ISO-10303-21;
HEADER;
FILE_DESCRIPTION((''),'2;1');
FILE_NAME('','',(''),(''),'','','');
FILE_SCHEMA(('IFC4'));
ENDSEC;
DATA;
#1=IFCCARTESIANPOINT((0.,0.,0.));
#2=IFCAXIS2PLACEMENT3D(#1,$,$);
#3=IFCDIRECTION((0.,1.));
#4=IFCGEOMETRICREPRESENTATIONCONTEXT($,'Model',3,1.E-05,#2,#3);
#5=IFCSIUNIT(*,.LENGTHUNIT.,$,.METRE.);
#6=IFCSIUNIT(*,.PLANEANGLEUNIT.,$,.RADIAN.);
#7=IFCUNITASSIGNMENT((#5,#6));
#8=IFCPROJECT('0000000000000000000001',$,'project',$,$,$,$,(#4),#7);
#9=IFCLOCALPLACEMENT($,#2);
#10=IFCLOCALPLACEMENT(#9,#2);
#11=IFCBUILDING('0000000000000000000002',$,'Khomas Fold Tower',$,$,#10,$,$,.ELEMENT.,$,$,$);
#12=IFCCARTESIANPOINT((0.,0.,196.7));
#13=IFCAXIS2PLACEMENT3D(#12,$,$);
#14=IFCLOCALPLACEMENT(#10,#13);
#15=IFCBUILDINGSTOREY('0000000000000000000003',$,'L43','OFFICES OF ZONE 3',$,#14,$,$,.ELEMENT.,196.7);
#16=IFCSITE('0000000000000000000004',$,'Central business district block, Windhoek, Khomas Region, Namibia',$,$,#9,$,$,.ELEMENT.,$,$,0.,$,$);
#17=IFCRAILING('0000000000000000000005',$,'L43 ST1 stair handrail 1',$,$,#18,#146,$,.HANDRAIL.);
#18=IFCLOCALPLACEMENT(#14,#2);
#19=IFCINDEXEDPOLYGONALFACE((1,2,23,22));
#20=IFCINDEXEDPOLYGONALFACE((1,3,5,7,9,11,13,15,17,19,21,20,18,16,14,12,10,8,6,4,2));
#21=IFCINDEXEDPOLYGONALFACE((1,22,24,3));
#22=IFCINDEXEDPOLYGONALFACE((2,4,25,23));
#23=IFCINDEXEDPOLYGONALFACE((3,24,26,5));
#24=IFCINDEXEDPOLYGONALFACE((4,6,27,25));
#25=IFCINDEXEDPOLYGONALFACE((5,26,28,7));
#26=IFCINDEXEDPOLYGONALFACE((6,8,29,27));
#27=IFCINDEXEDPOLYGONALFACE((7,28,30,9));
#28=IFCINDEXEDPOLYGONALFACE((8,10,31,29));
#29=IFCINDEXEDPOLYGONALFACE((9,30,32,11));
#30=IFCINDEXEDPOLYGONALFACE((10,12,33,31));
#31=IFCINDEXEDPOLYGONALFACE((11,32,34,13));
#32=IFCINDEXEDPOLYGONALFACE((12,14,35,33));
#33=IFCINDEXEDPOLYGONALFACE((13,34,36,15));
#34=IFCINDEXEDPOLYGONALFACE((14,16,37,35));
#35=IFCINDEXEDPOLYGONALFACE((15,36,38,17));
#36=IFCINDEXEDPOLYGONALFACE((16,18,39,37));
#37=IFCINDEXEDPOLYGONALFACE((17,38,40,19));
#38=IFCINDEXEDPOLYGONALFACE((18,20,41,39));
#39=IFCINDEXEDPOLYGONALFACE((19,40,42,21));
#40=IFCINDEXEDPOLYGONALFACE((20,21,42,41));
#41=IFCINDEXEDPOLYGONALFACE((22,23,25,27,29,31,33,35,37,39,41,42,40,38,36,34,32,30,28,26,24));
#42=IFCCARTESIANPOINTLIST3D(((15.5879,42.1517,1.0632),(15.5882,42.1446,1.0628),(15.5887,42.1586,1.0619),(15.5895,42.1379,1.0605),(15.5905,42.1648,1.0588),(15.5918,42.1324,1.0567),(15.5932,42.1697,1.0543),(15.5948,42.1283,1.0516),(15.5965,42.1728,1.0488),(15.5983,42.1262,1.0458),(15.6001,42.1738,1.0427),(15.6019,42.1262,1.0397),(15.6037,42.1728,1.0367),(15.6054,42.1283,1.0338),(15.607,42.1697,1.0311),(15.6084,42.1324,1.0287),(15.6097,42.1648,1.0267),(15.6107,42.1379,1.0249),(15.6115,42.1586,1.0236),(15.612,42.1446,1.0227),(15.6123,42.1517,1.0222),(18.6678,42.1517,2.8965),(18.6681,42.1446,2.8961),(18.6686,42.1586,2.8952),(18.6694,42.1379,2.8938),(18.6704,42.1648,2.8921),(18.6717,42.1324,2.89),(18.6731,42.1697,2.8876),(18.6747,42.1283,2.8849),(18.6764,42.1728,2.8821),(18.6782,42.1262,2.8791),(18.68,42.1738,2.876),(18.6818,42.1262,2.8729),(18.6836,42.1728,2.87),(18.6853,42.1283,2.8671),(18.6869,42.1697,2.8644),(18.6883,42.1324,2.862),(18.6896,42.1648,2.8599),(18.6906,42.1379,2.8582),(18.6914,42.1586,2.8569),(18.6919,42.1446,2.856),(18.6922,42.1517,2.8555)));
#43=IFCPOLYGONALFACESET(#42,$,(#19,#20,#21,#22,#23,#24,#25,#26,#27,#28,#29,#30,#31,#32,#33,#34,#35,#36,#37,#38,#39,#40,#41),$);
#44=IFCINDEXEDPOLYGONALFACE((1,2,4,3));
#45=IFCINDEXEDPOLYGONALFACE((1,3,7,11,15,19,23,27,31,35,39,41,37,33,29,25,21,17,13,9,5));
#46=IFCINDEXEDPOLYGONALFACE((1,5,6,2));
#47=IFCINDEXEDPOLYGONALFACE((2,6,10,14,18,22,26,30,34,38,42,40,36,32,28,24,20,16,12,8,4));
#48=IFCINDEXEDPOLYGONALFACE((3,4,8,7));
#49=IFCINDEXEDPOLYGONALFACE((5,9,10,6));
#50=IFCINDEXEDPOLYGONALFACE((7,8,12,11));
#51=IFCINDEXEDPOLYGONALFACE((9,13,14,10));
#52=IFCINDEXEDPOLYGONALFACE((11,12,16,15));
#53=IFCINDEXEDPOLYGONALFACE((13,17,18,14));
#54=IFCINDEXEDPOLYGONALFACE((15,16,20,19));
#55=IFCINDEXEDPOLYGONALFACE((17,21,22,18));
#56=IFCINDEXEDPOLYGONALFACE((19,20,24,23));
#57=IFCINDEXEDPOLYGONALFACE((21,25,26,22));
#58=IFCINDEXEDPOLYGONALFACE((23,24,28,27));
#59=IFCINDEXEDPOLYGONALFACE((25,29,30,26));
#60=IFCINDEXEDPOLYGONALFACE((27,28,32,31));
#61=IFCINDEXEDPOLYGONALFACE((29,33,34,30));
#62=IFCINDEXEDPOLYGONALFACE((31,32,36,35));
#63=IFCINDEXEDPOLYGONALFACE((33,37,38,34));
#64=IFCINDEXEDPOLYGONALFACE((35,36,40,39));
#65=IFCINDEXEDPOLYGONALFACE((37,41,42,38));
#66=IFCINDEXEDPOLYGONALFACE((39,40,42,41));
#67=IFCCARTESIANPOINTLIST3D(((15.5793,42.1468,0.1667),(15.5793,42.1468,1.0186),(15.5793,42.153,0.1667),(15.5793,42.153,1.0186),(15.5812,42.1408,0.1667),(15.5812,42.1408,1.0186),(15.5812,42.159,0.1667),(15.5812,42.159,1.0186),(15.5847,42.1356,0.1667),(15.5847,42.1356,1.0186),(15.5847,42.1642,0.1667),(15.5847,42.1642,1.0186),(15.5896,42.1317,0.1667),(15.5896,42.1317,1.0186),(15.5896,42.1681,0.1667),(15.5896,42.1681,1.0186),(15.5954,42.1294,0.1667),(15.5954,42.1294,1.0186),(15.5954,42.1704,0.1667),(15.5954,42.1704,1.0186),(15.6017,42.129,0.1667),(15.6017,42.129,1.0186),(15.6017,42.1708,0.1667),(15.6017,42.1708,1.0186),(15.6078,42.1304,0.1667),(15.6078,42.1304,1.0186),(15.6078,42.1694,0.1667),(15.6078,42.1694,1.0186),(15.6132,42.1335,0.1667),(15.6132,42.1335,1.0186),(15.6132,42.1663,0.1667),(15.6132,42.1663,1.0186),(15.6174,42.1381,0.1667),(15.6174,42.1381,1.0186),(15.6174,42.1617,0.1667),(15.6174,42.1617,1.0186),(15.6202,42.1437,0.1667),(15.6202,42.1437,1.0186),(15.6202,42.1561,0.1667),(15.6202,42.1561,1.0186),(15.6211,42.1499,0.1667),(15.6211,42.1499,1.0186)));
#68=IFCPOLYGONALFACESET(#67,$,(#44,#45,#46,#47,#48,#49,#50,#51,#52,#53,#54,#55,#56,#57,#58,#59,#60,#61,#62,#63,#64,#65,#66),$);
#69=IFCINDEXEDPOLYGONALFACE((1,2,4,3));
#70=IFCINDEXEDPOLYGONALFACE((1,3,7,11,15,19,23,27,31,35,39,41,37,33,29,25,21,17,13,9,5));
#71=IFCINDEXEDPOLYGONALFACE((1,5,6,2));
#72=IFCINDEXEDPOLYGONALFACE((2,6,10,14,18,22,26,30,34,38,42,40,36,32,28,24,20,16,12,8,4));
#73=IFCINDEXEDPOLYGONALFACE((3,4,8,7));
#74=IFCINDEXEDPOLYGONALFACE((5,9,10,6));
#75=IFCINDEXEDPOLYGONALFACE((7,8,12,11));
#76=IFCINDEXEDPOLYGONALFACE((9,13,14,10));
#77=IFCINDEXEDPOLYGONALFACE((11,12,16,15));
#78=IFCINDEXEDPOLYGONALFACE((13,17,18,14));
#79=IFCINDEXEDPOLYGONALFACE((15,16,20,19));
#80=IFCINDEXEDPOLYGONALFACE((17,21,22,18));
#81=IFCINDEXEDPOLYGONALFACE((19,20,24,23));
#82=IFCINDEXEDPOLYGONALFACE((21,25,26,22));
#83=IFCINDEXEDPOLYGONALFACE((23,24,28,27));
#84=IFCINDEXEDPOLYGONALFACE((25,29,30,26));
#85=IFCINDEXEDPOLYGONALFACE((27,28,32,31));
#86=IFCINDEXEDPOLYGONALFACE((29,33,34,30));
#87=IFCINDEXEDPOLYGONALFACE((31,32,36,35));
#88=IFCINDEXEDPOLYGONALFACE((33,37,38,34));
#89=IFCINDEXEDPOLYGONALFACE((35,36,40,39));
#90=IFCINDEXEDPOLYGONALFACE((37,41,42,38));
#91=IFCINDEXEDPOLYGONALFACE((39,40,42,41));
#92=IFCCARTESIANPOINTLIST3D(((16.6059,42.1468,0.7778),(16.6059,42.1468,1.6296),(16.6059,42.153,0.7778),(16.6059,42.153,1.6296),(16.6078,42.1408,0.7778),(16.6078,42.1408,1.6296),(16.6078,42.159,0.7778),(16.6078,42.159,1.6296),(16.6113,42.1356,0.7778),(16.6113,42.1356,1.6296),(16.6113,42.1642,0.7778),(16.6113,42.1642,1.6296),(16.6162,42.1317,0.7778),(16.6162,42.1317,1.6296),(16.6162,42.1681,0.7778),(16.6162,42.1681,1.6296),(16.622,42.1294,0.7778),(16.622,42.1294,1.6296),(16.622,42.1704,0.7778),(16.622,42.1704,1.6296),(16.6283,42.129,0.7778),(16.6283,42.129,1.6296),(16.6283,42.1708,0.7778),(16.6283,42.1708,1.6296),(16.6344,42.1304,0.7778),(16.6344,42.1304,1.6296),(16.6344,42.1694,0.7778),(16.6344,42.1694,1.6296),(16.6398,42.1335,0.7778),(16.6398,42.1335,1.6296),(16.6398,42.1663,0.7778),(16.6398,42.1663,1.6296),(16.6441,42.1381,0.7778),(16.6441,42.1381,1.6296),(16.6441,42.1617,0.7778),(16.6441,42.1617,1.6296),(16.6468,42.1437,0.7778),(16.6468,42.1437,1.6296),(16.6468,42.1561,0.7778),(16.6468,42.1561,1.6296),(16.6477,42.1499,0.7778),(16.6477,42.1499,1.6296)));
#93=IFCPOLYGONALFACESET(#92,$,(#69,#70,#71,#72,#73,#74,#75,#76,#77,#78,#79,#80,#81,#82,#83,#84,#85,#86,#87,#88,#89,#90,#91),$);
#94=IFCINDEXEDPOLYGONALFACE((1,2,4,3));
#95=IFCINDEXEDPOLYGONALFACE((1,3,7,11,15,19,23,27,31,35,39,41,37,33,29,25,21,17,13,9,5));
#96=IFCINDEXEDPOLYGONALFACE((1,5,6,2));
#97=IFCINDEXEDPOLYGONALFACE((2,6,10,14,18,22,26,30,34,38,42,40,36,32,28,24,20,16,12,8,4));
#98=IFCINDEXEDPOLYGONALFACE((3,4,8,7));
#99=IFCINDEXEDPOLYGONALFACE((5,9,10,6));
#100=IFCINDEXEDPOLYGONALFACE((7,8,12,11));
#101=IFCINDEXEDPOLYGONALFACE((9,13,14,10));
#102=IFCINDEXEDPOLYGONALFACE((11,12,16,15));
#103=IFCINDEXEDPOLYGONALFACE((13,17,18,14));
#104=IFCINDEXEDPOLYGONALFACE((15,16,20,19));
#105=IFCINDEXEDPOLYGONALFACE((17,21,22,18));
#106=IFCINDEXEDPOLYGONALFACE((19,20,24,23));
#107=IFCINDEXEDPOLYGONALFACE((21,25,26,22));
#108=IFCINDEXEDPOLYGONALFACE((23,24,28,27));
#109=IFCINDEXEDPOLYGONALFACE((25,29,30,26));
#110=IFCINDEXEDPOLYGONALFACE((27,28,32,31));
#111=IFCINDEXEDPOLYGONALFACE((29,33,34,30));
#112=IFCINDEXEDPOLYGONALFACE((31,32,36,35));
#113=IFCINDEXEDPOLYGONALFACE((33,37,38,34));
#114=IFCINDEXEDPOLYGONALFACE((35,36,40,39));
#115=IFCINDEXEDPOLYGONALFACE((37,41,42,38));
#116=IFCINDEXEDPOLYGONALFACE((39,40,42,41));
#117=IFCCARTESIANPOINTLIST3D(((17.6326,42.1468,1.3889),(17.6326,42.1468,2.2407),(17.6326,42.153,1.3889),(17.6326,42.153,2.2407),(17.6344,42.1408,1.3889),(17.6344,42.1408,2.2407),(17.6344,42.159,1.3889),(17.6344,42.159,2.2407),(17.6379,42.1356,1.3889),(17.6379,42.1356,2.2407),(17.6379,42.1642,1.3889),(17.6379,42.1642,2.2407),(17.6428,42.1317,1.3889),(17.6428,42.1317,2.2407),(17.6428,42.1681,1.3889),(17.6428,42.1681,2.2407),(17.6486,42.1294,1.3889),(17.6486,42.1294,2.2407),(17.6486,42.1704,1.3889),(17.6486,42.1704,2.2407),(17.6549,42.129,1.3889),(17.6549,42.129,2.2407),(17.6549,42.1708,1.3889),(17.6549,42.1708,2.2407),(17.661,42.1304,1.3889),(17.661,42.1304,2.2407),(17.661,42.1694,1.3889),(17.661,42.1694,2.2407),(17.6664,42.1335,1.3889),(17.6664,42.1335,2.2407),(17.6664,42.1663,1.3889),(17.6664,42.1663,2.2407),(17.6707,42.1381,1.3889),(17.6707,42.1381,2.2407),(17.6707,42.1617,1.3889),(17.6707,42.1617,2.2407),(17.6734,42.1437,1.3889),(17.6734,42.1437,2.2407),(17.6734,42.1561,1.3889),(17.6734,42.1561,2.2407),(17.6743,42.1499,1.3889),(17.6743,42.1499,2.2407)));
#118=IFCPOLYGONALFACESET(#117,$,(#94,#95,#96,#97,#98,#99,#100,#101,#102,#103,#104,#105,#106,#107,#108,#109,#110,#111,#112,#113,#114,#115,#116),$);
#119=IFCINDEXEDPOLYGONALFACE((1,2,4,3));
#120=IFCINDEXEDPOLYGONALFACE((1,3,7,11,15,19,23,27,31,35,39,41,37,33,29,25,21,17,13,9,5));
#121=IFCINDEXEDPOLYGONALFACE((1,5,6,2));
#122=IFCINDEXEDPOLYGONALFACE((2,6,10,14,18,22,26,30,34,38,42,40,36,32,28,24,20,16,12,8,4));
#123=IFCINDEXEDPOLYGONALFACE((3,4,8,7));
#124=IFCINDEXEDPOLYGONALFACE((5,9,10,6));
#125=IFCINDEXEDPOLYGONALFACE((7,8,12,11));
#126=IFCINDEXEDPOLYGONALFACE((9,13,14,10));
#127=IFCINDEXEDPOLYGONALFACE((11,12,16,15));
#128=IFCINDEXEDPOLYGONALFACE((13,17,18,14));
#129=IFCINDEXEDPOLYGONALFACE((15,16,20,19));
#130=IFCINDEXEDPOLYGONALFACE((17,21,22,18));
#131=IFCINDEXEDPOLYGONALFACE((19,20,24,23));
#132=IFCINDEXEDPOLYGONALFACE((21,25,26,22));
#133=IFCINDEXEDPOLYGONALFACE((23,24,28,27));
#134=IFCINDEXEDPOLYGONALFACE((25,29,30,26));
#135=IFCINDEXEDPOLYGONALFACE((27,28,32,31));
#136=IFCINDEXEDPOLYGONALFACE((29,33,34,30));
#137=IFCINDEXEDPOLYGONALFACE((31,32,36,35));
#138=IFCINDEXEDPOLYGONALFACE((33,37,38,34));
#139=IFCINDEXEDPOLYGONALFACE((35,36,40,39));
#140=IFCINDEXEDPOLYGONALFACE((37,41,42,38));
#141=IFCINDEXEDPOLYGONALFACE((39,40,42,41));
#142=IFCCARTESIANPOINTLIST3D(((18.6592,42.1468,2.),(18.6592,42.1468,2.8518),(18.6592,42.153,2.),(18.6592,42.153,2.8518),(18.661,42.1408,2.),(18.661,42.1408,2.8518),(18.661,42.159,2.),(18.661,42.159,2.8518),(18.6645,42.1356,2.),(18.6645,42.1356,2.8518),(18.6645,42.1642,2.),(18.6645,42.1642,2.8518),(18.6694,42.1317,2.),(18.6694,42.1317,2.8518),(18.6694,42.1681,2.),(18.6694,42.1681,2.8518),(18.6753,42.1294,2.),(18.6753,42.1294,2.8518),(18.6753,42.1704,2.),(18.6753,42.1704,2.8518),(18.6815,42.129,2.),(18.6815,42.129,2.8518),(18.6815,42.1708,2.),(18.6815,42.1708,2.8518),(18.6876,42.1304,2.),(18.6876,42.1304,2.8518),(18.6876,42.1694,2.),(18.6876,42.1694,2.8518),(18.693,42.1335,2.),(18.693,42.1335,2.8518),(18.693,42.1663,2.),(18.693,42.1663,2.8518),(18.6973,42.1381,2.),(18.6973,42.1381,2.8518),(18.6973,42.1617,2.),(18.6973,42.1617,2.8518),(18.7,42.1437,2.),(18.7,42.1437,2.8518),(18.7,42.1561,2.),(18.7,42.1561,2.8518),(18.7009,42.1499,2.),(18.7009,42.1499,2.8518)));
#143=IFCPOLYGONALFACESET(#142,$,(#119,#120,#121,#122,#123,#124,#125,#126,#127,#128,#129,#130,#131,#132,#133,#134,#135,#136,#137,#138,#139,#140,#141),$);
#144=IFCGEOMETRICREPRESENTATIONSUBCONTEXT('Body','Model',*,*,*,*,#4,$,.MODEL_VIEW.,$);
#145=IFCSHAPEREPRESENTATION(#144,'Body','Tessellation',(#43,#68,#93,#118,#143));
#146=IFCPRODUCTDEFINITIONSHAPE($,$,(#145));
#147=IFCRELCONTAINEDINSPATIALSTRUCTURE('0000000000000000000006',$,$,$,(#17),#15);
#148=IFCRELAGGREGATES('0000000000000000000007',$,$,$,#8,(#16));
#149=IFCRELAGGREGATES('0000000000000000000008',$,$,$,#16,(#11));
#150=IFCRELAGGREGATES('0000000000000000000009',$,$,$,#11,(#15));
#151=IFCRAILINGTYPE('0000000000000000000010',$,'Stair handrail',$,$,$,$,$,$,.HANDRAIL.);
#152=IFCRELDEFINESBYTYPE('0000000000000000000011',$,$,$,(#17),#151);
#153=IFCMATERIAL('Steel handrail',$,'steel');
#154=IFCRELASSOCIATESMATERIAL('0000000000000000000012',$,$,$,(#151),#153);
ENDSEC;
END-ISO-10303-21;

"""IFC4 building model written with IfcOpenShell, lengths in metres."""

from ifc_helpers import new_model, si_unit, direction, frame, origin, origin_2d, place, context, subcontext, project, spatial, circle, extrude, source, transform, mapped, material, type_object, element, save


model = new_model("IFC4")

# Units and contexts
model_context = context("Model", 3, precision=1e-05, world=origin(), true_north=direction((0.0, 1.0)))
body_context = subcontext(model_context, "Body", "Model", "MODEL_VIEW")
ifc_project = project(units=[si_unit("LENGTHUNIT", "METRE"), si_unit("PLANEANGLEUNIT", "RADIAN")], contexts=[model_context])

# Site, building, storey
site_placement = place(None, origin())
site = spatial("IfcSite", under=ifc_project, at=site_placement, Name="Central business district block, Windhoek, Khomas Region, Namibia", CompositionType="ELEMENT", RefElevation=0.0)
building_placement = place(site_placement, origin())
building = spatial("IfcBuilding", under=site, at=building_placement, Name="Khomas Fold Tower", CompositionType="ELEMENT")
storey_placement = place(building_placement, frame((0.0, 0.0, 196.7)))
storey = spatial("IfcBuildingStorey", under=building, at=storey_placement, Name="L43", Description="OFFICES OF ZONE 3", CompositionType="ELEMENT", Elevation=196.7)

# Railing
ifc_material_1 = material(Name="Steel handrail", Category="steel")
railing_type_1 = type_object("IfcRailingType", Name="Stair handrail", PredefinedType="HANDRAIL", material=ifc_material_1)
shared_shape_1 = source(origin(), body_context, "Body", "SweptSolid", [
    extrude(circle(Radius=0.0239, at=origin_2d()), frame((0.0, 0.0, 0.876), z_axis=(0.859291, 0.0, 0.511487), x_axis=(0.0, 1.0, 0.0)), (0.0, 0.0, 1.0), 3.5842),
    extrude(circle(Radius=0.021, at=origin_2d()), origin(), (0.0, 0.0, 1.0), 0.8518),
    extrude(circle(Radius=0.021, at=origin_2d()), frame((1.0266, 0.0, 0.6111)), (0.0, 0.0, 1.0), 0.8518),
    extrude(circle(Radius=0.021, at=origin_2d()), frame((2.0532, 0.0, 1.2222)), (0.0, 0.0, 1.0), 0.8518),
    extrude(circle(Radius=0.021, at=origin_2d()), frame((3.0798, 0.0, 1.8333)), (0.0, 0.0, 1.0), 0.8518),
])
railing_1_placement = place(storey_placement, frame((15.6001, 42.1499, 0.1667)))
element("IfcRailing", 1, at=railing_1_placement, inside=storey, type_object=railing_type_1, Name="L43 ST1 stair handrail 1", PredefinedType="HANDRAIL", context=body_context, shape_type="MappedRepresentation", body=[
    mapped(shared_shape_1, transform((0.0, 0.0, 0.0))),
])

save(model, "model.ifc")
